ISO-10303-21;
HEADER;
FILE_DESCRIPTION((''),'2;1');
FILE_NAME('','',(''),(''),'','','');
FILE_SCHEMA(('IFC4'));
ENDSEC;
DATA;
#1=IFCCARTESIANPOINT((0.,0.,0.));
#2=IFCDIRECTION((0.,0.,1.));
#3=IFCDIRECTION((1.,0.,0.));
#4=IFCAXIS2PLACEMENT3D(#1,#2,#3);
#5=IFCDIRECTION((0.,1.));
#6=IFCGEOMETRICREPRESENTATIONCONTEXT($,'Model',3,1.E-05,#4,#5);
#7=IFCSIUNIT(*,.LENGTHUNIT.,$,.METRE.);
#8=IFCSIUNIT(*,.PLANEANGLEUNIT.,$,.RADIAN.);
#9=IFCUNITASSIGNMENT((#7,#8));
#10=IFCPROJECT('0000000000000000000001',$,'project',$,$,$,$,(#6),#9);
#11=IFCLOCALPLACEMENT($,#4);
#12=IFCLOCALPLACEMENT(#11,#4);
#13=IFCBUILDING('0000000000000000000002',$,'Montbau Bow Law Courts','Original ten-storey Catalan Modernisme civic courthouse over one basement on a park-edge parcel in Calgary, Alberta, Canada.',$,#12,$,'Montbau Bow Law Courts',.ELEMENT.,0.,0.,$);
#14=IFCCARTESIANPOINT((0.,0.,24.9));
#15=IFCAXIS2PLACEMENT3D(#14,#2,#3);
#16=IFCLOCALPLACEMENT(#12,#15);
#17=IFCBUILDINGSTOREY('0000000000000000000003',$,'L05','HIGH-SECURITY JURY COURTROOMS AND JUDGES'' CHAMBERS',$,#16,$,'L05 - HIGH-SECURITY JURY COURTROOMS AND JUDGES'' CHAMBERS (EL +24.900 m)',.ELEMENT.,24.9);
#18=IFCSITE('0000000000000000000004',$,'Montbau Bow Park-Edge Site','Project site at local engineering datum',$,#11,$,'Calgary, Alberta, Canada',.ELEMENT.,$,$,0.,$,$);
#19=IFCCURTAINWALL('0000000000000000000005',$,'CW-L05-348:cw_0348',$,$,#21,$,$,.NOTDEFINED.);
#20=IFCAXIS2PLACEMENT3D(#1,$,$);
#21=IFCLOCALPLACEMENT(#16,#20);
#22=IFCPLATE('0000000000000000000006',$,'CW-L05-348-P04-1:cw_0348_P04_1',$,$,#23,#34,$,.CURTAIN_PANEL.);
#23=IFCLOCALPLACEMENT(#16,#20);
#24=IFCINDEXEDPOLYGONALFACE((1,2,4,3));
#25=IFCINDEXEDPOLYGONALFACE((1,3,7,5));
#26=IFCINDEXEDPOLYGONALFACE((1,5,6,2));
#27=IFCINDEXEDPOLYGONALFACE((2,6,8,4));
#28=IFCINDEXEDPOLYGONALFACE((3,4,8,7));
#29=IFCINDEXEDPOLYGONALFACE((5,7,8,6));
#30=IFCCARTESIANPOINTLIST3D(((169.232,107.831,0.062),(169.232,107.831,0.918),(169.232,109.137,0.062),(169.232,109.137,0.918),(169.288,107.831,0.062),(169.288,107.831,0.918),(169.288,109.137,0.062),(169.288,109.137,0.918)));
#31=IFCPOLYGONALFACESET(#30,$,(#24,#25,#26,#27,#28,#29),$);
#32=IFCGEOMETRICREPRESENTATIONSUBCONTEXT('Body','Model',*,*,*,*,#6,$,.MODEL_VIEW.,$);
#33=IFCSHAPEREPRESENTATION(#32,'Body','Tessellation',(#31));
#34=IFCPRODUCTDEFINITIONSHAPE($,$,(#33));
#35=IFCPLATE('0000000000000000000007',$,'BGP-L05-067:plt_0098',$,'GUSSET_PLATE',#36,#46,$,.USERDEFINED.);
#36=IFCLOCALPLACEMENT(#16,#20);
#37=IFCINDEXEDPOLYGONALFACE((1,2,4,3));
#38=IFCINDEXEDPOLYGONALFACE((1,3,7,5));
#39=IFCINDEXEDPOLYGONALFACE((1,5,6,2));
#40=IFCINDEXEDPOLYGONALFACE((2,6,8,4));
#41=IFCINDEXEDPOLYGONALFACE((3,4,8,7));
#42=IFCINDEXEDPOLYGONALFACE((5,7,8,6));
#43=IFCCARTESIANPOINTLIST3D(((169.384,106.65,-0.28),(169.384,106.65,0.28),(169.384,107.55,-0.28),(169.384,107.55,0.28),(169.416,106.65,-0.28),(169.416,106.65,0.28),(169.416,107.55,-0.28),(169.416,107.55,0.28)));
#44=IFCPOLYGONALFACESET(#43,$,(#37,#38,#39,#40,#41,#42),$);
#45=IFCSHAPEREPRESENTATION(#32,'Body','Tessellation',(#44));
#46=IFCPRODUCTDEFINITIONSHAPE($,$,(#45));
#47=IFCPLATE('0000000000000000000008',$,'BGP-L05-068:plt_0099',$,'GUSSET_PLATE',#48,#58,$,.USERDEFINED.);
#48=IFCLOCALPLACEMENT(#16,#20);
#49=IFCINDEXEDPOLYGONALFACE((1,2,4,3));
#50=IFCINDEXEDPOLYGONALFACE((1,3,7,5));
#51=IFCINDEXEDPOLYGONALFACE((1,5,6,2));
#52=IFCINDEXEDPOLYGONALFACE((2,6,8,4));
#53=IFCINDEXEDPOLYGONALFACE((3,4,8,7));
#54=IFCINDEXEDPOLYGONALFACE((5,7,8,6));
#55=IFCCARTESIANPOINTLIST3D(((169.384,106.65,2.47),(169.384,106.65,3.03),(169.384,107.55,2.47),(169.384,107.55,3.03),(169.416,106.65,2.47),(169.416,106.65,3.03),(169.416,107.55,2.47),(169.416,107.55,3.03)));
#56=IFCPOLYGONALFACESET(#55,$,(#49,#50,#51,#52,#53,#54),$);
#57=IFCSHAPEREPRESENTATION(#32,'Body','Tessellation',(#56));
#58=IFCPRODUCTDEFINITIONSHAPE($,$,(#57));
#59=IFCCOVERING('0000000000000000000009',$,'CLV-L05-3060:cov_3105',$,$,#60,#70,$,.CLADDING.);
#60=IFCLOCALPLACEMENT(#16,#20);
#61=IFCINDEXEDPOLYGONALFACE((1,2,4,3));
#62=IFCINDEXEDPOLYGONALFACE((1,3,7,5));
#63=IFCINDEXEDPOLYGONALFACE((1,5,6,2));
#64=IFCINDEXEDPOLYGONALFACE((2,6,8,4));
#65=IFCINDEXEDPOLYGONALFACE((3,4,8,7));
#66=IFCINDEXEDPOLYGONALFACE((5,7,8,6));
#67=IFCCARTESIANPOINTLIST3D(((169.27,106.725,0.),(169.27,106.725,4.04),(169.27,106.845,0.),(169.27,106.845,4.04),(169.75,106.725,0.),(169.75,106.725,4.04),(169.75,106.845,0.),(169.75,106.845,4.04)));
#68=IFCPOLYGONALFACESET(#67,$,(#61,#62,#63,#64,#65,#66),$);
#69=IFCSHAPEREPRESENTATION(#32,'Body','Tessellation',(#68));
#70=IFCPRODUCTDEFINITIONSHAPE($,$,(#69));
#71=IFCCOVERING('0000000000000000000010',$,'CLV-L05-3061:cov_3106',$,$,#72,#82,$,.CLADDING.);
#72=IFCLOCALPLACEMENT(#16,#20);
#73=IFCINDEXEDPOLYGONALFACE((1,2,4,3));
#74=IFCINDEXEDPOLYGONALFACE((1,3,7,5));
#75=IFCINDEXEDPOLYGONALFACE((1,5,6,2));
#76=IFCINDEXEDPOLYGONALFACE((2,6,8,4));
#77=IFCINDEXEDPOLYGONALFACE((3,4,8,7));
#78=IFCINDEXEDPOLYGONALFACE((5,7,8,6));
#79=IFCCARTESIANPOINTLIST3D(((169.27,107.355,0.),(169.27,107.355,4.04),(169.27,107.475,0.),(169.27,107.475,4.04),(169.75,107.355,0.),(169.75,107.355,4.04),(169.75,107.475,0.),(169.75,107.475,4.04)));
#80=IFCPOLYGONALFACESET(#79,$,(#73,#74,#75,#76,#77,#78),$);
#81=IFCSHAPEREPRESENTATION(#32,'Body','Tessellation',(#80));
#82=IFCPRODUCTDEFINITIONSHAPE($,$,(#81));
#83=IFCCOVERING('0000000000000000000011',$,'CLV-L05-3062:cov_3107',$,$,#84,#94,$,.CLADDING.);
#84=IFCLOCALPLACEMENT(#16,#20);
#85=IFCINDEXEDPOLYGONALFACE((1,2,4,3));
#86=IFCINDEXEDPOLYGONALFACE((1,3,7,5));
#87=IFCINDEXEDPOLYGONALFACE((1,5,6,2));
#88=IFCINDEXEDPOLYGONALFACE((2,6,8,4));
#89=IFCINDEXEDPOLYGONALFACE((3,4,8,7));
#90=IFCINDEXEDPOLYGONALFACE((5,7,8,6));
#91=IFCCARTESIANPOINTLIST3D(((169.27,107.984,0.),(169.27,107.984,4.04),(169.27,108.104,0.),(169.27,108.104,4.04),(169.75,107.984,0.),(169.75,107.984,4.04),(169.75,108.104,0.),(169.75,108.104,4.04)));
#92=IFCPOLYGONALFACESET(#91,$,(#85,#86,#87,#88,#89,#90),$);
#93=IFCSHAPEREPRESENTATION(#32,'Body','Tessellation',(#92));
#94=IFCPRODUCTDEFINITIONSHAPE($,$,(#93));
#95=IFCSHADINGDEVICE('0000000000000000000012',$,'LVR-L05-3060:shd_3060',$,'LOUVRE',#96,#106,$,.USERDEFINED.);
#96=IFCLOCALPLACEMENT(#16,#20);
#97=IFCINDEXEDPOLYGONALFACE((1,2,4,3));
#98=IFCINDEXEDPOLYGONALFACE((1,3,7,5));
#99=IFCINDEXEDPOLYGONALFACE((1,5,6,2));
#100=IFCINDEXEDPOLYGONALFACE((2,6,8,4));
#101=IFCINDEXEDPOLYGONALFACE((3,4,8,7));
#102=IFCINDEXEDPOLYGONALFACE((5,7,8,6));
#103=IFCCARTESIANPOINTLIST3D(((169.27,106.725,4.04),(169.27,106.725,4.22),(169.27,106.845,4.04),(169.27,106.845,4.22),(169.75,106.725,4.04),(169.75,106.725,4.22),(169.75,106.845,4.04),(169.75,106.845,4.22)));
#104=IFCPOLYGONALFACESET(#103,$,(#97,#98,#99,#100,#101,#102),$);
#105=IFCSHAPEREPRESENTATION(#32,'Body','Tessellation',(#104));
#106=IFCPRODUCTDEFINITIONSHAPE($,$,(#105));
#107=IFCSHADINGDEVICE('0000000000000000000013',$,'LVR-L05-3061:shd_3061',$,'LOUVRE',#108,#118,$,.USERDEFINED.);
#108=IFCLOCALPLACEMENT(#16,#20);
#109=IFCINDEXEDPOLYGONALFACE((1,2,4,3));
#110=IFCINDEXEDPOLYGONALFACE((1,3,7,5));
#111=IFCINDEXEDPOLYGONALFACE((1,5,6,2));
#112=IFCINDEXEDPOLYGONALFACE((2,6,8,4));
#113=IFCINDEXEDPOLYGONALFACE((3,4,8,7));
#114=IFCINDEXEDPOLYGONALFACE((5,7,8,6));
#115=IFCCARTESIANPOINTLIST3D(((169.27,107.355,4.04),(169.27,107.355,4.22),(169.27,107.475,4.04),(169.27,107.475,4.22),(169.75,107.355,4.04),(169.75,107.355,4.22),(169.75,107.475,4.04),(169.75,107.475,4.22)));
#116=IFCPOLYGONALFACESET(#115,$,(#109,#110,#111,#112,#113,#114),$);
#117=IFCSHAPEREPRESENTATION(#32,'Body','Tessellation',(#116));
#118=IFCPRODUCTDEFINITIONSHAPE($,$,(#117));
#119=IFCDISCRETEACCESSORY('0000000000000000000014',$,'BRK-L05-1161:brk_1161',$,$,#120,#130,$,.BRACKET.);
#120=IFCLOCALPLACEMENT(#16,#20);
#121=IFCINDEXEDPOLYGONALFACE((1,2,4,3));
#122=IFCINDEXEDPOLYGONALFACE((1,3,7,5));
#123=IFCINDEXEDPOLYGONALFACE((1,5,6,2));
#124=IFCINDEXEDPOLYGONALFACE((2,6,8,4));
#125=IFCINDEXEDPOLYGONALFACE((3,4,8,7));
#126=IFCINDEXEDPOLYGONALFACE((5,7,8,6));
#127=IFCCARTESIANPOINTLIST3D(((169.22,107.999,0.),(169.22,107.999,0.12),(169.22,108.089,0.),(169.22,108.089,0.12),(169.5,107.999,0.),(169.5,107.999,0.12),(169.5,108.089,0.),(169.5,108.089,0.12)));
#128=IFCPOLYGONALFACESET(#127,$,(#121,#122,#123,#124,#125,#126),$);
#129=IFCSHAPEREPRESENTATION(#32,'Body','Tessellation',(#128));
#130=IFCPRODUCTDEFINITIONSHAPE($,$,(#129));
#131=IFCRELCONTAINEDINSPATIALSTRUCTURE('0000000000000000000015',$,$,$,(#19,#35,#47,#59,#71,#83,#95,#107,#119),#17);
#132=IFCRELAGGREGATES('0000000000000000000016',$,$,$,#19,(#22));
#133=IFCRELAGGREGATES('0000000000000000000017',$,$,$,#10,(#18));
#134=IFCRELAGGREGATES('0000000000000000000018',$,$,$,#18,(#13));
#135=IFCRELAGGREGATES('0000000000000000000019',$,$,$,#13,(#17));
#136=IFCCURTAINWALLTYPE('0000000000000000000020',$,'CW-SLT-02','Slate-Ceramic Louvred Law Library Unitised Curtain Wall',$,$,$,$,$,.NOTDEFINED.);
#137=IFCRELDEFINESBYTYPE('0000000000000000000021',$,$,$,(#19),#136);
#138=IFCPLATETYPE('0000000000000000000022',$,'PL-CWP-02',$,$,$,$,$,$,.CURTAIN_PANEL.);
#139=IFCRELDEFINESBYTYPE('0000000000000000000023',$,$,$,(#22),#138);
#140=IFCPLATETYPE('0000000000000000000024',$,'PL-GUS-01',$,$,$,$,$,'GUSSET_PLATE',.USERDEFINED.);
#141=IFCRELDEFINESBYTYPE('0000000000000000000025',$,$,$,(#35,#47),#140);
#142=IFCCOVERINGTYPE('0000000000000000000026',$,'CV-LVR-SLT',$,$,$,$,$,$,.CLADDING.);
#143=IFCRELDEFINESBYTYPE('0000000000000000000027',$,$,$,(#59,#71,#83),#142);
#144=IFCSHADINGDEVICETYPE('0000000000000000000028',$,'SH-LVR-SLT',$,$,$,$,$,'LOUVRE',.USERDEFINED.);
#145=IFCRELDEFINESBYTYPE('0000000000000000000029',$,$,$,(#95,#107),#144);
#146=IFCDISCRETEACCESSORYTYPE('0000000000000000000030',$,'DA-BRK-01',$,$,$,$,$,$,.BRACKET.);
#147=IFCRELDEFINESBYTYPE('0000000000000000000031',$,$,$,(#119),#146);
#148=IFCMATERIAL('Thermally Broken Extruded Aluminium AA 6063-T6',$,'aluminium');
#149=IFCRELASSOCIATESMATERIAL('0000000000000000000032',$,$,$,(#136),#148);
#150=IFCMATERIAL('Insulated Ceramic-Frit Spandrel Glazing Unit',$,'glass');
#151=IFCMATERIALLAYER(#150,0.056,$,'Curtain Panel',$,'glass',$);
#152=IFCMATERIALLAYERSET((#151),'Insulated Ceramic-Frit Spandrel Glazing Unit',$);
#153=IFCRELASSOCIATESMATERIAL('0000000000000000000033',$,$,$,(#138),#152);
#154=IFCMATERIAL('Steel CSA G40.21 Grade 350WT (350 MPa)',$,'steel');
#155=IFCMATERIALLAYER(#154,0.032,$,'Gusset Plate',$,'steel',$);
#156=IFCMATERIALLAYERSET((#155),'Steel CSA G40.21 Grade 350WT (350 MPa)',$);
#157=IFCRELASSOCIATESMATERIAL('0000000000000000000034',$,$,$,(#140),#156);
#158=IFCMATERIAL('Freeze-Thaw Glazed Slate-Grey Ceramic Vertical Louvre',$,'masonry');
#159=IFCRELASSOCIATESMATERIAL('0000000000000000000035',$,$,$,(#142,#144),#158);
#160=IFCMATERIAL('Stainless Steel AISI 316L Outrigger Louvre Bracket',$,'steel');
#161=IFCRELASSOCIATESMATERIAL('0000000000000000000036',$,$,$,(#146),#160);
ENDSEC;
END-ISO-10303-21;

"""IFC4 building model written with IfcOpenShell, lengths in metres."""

from ifc_helpers import new_model, si_unit, direction, frame, frame_2d, origin_with_axes, origin_2d_with_axis, place, context, subcontext, project, spatial, rectangle, extrude, material, layer, layer_set, type_object, element, aggregate, save


model = new_model("IFC4")

# Units and contexts
model_context = context("Model", 3, precision=1e-05, world=origin_with_axes(), true_north=direction((0.0, 1.0)))
body_context = subcontext(model_context, "Body", "Model", "MODEL_VIEW")
ifc_project = project(units=[si_unit("LENGTHUNIT", "METRE"), si_unit("PLANEANGLEUNIT", "RADIAN")], contexts=[model_context])

# Site, building, storey
site_placement = place(None, origin_with_axes())
site = spatial("IfcSite", under=ifc_project, at=site_placement, Name="Montbau Bow Park-Edge Site", Description="Project site at local engineering datum", LongName="Calgary, Alberta, Canada", CompositionType="ELEMENT", RefElevation=0.0)
building_placement = place(site_placement, origin_with_axes())
building = spatial("IfcBuilding", under=site, at=building_placement, Name="Montbau Bow Law Courts", Description="Original ten-storey Catalan Modernisme civic courthouse over one basement on a park-edge parcel in Calgary, Alberta, Canada.", LongName="Montbau Bow Law Courts", CompositionType="ELEMENT", ElevationOfRefHeight=0.0, ElevationOfTerrain=0.0)
storey_placement = place(building_placement, frame((0.0, 0.0, 24.9), z_axis=(0.0, 0.0, 1.0), x_axis=(1.0, 0.0, 0.0)))
storey = spatial("IfcBuildingStorey", under=building, at=storey_placement, Name="L05", Description="HIGH-SECURITY JURY COURTROOMS AND JUDGES' CHAMBERS", LongName="L05 - HIGH-SECURITY JURY COURTROOMS AND JUDGES' CHAMBERS (EL +24.900 m)", CompositionType="ELEMENT", Elevation=24.9)

# Curtain wall
ifc_material_1 = material(Name="Thermally Broken Extruded Aluminium AA 6063-T6", Category="aluminium")
curtain_wall_type = type_object("IfcCurtainWallType", Name="CW-SLT-02", Description="Slate-Ceramic Louvred Law Library Unitised Curtain Wall", PredefinedType="NOTDEFINED", material=ifc_material_1)
curtain_wall_placement = place(None, frame((169.26, 103.64, 24.9), z_axis=(0.0, 0.0, 1.0), x_axis=(1.0, 0.0, 0.0)))
curtain_wall = element("IfcCurtainWall", 1, at=curtain_wall_placement, inside=storey, type_object=curtain_wall_type, Name="CW-L05-348:cw_0348", PredefinedType="NOTDEFINED")

# Plate
ifc_material_2 = material(Name="Insulated Ceramic-Frit Spandrel Glazing Unit", Category="glass")
ifc_layer_1 = layer(ifc_material_2, 0.056, Name="Curtain Panel", Category="glass")
ifc_layer_set_1 = layer_set([ifc_layer_1], Name="Insulated Ceramic-Frit Spandrel Glazing Unit")
plate_type_1 = type_object("IfcPlateType", Name="PL-CWP-02", PredefinedType="CURTAIN_PANEL", material=ifc_layer_set_1)
plate_1_placement = place(None, frame((169.26, 107.831, 24.962), z_axis=(1.0, 0.0, 0.0), x_axis=(0.0, 1.0, 0.0)))
plate_1 = element("IfcPlate", 2, at=plate_1_placement, type_object=plate_type_1, Name="CW-L05-348-P04-1:cw_0348_P04_1", PredefinedType="CURTAIN_PANEL", context=body_context, shape_type="SweptSolid", body=[
    extrude(rectangle(XDim=1.306, YDim=0.856, at=frame_2d((0.653, 0.428), x_axis=(1.0, 0.0))), frame((0.0, 0.0, -0.028), z_axis=(0.0, 0.0, 1.0), x_axis=(1.0, 0.0, 0.0)), (0.0, 0.0, 1.0), 0.056),
])
aggregate(curtain_wall, [plate_1])

# Plates
ifc_material_3 = material(Name="Steel CSA G40.21 Grade 350WT (350 MPa)", Category="steel")
ifc_layer_2 = layer(ifc_material_3, 0.032, Name="Gusset Plate", Category="steel")
ifc_layer_set_2 = layer_set([ifc_layer_2], Name="Steel CSA G40.21 Grade 350WT (350 MPa)")
plate_type_2 = type_object("IfcPlateType", Name="PL-GUS-01", ElementType="GUSSET_PLATE", PredefinedType="USERDEFINED", material=ifc_layer_set_2)
for number, where, z_axis, x_axis, name in (
    (3, (169.4, 107.1, 24.62), (0.0, 0.0, 1.0), (0.0, 1.0, 0.0), "BGP-L05-067:plt_0098"),
    (4, (169.4, 107.1, 27.37), (0.0, 0.0, 1.0), (0.0, 1.0, 0.0), "BGP-L05-068:plt_0099"),
):
    element("IfcPlate", number, at=place(None, frame(where, z_axis=z_axis, x_axis=x_axis)), inside=storey, type_object=plate_type_2, Name=name, ObjectType="GUSSET_PLATE", PredefinedType="USERDEFINED", context=body_context, shape_type="SweptSolid", body=[
        extrude(rectangle(XDim=0.9, YDim=0.032, at=origin_2d_with_axis()), origin_with_axes(), (0.0, 0.0, 1.0), 0.56),
    ])

# Coverings
ifc_material_4 = material(Name="Freeze-Thaw Glazed Slate-Grey Ceramic Vertical Louvre", Category="masonry")
covering_type = type_object("IfcCoveringType", Name="CV-LVR-SLT", PredefinedType="CLADDING", material=ifc_material_4)
for number, where, z_axis, x_axis, name in (
    (5, (169.27, 106.785, 24.9), (0.0, -1.0, 0.0), (1.0, 0.0, 0.0), "CLV-L05-3060:cov_3105"),
    (6, (169.27, 107.415, 24.9), (0.0, -1.0, 0.0), (1.0, 0.0, 0.0), "CLV-L05-3061:cov_3106"),
    (7, (169.27, 108.044, 24.9), (0.0, -1.0, 0.0), (1.0, 0.0, 0.0), "CLV-L05-3062:cov_3107"),
):
    element("IfcCovering", number, at=place(None, frame(where, z_axis=z_axis, x_axis=x_axis)), inside=storey, type_object=covering_type, Name=name, PredefinedType="CLADDING", context=body_context, shape_type="SweptSolid", body=[
        extrude(rectangle(XDim=0.48, YDim=4.04, at=frame_2d((0.24, 2.02), x_axis=(1.0, 0.0))), frame((0.0, 0.0, -0.06), z_axis=(0.0, 0.0, 1.0), x_axis=(1.0, 0.0, 0.0)), (0.0, 0.0, 1.0), 0.12),
    ])

# Shading devices
shading_device_type = type_object("IfcShadingDeviceType", Name="SH-LVR-SLT", ElementType="LOUVRE", PredefinedType="USERDEFINED", material=ifc_material_4)
for number, where, z_axis, x_axis, name in (
    (8, (169.51, 106.785, 28.94), (0.0, 0.0, 1.0), (1.0, 0.0, 0.0), "LVR-L05-3060:shd_3060"),
    (9, (169.51, 107.415, 28.94), (0.0, 0.0, 1.0), (1.0, 0.0, 0.0), "LVR-L05-3061:shd_3061"),
):
    element("IfcShadingDevice", number, at=place(None, frame(where, z_axis=z_axis, x_axis=x_axis)), inside=storey, type_object=shading_device_type, Name=name, ObjectType="LOUVRE", PredefinedType="USERDEFINED", context=body_context, shape_type="SweptSolid", body=[
        extrude(rectangle(XDim=0.48, YDim=0.12, at=origin_2d_with_axis()), origin_with_axes(), (0.0, 0.0, 1.0), 0.18),
    ])

# Discrete accessory
ifc_material_5 = material(Name="Stainless Steel AISI 316L Outrigger Louvre Bracket", Category="steel")
discrete_accessory_type = type_object("IfcDiscreteAccessoryType", Name="DA-BRK-01", PredefinedType="BRACKET", material=ifc_material_5)
discrete_accessory_placement = place(None, frame((169.36, 108.044, 24.9), z_axis=(0.0, 0.0, 1.0), x_axis=(1.0, 0.0, 0.0)))
element("IfcDiscreteAccessory", 10, at=discrete_accessory_placement, inside=storey, type_object=discrete_accessory_type, Name="BRK-L05-1161:brk_1161", PredefinedType="BRACKET", context=body_context, shape_type="SweptSolid", body=[
    extrude(rectangle(XDim=0.28, YDim=0.09, at=origin_2d_with_axis()), origin_with_axes(), (0.0, 0.0, 1.0), 0.12),
])

save(model, "model.ifc")
